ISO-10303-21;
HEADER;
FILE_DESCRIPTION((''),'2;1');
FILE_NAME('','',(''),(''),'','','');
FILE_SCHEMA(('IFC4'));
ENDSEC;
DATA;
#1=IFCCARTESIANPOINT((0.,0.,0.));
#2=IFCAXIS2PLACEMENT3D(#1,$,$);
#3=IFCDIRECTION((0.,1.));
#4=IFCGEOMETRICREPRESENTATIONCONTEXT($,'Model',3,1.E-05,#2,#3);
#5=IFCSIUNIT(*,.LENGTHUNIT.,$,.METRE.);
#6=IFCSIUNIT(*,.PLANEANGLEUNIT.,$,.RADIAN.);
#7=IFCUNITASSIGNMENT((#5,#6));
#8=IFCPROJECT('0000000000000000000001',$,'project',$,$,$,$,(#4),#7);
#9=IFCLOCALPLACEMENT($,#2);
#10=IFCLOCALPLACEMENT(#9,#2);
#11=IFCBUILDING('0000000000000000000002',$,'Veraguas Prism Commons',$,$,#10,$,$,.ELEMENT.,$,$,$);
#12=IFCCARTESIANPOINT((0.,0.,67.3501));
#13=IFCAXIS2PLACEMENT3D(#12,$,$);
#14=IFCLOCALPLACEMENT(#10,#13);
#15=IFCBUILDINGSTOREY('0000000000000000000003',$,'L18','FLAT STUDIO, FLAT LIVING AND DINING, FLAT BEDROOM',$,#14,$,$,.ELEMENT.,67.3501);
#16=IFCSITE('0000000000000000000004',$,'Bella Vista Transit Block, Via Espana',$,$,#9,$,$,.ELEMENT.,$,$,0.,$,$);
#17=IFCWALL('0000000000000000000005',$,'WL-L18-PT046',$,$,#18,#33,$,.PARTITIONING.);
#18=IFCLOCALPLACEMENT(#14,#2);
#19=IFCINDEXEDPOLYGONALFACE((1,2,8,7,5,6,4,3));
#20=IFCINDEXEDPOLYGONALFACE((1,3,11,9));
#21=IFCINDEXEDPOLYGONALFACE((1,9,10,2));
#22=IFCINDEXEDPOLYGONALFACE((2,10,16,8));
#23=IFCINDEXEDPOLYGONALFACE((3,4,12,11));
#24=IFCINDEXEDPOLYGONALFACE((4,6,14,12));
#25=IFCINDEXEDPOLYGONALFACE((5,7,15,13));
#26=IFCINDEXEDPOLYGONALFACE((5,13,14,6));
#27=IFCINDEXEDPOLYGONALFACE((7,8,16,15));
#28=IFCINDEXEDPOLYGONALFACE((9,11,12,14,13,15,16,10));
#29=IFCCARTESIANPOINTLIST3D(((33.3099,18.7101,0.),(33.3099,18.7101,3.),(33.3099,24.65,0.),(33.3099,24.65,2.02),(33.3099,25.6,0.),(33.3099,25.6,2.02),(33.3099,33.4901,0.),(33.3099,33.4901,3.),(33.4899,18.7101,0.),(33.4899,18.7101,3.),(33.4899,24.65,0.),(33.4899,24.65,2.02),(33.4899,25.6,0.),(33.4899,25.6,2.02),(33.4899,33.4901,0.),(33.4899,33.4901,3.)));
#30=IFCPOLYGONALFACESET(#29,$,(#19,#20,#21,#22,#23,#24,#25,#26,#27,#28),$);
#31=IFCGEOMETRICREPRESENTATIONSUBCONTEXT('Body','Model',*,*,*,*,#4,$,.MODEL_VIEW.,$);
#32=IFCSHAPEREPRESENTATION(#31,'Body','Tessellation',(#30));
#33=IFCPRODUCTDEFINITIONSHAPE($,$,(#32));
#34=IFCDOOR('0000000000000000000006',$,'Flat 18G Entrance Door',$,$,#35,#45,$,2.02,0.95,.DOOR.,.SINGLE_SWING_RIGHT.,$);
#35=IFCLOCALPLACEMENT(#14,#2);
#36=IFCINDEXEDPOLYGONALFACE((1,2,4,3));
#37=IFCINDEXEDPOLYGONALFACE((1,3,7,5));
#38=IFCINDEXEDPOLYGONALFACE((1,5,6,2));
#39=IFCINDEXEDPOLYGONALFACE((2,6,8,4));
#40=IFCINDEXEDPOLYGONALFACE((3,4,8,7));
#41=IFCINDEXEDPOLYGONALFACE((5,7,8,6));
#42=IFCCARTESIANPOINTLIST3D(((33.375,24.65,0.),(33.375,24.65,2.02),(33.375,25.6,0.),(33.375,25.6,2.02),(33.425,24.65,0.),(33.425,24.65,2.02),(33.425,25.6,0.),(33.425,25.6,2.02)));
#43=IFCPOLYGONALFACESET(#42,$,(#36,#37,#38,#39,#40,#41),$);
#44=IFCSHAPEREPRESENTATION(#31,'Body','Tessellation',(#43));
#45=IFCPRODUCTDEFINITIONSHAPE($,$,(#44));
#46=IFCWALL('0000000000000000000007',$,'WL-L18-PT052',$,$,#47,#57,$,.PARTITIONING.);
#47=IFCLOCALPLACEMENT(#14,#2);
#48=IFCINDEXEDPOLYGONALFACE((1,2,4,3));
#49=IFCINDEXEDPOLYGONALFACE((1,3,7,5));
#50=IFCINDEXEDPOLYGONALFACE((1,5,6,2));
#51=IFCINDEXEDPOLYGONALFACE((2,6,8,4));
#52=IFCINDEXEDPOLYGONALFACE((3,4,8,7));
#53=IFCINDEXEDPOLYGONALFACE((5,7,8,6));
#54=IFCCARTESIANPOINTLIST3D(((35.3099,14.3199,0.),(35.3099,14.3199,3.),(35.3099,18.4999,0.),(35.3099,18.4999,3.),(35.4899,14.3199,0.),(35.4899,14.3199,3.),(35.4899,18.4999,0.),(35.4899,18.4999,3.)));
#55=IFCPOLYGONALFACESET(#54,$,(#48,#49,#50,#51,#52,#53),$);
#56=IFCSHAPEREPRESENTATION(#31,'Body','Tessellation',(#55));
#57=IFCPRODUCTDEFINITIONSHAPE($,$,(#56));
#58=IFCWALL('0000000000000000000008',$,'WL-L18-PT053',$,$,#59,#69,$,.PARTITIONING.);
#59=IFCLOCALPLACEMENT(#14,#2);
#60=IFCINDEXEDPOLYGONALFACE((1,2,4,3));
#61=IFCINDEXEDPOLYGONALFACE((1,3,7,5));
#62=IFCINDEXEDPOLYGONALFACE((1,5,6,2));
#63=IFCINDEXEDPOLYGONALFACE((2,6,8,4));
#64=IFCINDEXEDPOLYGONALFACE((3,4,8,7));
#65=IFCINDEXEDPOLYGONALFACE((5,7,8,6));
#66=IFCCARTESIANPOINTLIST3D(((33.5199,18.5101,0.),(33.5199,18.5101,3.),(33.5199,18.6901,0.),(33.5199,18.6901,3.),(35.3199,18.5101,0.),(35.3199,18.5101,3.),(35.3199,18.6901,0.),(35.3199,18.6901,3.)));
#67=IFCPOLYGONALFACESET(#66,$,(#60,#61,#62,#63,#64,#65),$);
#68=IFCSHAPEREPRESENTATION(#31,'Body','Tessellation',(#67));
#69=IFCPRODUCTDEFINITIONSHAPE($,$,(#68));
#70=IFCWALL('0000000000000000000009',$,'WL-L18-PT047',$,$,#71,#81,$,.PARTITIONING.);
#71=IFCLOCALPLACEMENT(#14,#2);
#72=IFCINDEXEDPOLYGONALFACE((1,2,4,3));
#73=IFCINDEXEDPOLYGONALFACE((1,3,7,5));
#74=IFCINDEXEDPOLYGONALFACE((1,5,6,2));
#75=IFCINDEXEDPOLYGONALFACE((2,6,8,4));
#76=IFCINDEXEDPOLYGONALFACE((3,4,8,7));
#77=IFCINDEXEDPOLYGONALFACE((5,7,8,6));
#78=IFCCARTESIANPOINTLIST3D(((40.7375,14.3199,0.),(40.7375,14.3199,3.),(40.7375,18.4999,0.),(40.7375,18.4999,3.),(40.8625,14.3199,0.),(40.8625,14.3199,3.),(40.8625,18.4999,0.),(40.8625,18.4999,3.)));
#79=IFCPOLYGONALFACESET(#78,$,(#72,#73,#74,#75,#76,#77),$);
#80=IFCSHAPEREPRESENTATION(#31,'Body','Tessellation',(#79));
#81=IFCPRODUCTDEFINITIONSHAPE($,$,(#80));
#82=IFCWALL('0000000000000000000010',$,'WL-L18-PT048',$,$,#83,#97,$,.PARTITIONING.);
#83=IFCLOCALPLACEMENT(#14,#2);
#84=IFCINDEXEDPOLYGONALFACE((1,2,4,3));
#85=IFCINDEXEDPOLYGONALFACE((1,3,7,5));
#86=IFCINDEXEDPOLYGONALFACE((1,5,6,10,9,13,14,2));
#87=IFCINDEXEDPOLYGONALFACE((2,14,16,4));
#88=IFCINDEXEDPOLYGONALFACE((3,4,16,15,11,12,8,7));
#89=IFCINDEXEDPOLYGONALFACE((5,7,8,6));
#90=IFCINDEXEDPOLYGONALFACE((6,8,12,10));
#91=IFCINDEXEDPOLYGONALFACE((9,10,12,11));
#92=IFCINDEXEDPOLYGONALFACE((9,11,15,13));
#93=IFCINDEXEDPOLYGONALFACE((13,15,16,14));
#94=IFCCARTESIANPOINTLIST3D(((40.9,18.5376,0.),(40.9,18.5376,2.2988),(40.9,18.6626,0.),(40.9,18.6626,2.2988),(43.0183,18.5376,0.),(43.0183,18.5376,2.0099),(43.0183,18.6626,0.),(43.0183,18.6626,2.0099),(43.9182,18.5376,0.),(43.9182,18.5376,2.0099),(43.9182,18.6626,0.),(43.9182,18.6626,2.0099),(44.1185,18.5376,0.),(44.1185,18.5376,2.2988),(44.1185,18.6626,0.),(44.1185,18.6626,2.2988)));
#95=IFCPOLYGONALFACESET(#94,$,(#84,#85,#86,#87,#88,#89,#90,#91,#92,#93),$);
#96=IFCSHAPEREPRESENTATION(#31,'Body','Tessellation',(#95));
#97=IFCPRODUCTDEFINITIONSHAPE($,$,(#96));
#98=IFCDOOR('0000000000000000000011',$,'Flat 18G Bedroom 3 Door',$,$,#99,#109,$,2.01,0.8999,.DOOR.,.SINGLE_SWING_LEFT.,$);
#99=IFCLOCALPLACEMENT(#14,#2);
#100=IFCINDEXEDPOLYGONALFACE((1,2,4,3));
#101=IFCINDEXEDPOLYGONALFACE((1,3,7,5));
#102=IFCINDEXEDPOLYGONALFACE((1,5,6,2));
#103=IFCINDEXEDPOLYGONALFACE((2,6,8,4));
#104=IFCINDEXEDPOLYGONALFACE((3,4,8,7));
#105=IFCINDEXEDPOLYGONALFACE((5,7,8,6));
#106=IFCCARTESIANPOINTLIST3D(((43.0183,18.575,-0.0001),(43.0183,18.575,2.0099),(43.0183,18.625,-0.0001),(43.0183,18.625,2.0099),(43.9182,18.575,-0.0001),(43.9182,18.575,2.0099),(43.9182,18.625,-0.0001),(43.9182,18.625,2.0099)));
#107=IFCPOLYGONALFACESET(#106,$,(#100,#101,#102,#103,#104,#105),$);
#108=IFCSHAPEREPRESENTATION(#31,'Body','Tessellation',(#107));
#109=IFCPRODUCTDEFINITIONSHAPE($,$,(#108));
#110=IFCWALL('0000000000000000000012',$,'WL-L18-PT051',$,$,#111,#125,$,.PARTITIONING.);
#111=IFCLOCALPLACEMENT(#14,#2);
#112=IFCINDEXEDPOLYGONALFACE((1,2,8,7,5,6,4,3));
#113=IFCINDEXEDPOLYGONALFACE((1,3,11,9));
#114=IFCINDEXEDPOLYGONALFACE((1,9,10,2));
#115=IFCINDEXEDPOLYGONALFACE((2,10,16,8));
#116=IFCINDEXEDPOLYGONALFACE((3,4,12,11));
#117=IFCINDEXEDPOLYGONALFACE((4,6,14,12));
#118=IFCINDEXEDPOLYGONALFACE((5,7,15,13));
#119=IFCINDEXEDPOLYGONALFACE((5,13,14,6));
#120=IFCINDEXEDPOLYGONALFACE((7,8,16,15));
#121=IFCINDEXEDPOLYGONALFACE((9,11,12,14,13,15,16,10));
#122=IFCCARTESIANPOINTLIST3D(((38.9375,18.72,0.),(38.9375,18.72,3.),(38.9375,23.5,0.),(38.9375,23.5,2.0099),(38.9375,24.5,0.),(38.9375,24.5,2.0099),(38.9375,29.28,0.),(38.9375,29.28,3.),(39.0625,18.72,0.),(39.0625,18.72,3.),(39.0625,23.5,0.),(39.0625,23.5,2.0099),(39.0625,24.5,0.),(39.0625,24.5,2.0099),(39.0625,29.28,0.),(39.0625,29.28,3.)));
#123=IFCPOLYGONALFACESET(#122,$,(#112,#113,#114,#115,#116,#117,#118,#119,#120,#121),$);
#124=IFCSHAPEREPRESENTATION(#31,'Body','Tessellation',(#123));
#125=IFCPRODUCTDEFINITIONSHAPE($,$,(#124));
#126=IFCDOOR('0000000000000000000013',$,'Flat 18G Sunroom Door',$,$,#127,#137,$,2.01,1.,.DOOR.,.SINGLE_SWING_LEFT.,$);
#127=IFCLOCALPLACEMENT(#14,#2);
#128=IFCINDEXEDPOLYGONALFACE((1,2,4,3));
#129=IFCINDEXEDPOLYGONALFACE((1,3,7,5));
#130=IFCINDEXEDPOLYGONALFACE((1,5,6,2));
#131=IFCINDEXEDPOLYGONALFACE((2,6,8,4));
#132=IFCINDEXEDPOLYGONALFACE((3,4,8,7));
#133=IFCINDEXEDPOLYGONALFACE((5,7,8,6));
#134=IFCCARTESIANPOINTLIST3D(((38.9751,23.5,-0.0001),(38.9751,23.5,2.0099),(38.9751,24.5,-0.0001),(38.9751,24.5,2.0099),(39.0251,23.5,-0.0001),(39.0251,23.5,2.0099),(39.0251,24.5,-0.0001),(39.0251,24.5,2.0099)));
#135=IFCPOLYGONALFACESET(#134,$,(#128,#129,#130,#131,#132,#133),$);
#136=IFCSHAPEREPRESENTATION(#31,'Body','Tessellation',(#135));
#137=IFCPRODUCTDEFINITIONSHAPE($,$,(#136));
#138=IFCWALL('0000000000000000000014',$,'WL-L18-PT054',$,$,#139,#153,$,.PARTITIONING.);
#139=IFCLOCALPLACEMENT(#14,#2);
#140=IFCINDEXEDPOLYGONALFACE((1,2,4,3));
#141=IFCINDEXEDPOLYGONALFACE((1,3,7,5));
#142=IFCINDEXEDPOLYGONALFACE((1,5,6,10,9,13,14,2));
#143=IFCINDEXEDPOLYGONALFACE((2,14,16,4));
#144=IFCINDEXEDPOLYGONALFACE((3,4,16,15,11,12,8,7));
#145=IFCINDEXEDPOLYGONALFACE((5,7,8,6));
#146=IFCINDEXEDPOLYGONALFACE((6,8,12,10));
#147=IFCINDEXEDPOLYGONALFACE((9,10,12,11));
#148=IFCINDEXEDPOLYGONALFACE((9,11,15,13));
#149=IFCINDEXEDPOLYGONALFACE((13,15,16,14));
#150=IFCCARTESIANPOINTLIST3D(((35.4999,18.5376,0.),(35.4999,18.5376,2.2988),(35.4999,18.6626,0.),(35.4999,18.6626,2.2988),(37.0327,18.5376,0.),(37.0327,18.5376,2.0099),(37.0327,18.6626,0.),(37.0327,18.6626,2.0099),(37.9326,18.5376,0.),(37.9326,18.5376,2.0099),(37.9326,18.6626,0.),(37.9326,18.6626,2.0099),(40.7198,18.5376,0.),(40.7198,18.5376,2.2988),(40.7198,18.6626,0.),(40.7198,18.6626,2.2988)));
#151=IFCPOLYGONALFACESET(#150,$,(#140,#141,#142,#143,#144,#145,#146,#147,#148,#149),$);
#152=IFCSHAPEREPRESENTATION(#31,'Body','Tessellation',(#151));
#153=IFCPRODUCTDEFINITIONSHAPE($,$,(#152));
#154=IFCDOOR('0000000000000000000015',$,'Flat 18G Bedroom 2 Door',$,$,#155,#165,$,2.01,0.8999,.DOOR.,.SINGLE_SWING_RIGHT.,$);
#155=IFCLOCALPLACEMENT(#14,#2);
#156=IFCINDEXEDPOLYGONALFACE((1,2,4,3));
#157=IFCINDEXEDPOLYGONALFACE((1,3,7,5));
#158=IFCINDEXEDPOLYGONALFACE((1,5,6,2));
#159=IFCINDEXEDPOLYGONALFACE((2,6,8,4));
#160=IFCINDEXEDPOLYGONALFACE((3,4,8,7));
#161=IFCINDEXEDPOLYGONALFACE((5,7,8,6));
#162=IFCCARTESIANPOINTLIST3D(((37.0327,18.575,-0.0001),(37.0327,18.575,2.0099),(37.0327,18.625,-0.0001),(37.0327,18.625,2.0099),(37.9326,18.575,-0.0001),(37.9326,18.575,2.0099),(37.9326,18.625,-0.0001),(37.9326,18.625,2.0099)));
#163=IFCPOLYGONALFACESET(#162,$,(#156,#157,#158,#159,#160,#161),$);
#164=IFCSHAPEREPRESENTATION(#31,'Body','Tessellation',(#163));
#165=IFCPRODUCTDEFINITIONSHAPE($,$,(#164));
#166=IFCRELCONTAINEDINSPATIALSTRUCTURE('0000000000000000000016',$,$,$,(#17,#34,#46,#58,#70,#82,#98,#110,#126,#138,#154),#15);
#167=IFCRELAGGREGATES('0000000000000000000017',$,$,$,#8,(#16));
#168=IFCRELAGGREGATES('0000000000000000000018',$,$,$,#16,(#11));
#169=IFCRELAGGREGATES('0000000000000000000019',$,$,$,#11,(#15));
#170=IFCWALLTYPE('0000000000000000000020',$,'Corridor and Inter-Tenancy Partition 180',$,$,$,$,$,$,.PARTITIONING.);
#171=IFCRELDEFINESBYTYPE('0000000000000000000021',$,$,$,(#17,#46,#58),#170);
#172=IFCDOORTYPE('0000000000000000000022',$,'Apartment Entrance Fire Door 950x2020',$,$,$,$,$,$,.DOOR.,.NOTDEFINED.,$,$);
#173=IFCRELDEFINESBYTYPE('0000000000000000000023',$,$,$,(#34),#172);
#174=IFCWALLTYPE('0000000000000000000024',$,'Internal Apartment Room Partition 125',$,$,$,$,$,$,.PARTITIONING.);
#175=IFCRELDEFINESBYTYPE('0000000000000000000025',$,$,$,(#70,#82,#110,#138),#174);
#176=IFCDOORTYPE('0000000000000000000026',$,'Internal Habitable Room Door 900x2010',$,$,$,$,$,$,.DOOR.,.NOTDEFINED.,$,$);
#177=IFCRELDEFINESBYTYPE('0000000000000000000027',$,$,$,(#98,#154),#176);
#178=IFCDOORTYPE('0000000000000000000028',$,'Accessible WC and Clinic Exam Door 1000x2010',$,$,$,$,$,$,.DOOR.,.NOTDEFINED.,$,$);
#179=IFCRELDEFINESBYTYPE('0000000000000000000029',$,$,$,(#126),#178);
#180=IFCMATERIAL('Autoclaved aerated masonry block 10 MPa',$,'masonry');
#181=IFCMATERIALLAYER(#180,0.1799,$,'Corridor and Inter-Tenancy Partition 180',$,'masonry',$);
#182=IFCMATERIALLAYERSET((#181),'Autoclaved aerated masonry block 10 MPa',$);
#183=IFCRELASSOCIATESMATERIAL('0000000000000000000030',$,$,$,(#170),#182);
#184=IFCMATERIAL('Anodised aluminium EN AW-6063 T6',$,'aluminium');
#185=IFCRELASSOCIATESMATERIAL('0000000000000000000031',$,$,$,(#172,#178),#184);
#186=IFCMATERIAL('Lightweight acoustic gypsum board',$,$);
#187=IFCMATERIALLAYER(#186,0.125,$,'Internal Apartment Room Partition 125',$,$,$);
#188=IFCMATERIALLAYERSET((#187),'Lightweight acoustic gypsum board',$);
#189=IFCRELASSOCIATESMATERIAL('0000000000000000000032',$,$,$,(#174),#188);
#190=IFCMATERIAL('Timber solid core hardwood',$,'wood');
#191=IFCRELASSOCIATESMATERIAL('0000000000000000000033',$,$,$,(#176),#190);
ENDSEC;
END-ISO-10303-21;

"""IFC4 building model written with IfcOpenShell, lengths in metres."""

from ifc_helpers import new_model, si_unit, direction, frame, frame_2d, origin, place, context, subcontext, project, spatial, rectangle, extrude, source, transform, mapped, material, layer, layer_set, type_object, element, fill, save


model = new_model("IFC4")

# Units and contexts
model_context = context("Model", 3, precision=1e-05, world=origin(), true_north=direction((0.0, 1.0)))
body_context = subcontext(model_context, "Body", "Model", "MODEL_VIEW")
ifc_project = project(units=[si_unit("LENGTHUNIT", "METRE"), si_unit("PLANEANGLEUNIT", "RADIAN")], contexts=[model_context])

# Site, building, storey
site_placement = place(None, origin())
site = spatial("IfcSite", under=ifc_project, at=site_placement, Name="Bella Vista Transit Block, Via Espana", CompositionType="ELEMENT", RefElevation=0.0)
building_placement = place(site_placement, origin())
building = spatial("IfcBuilding", under=site, at=building_placement, Name="Veraguas Prism Commons", CompositionType="ELEMENT")
storey_placement = place(building_placement, frame((0.0, 0.0, 67.3501)))
storey = spatial("IfcBuildingStorey", under=building, at=storey_placement, Name="L18", Description="FLAT STUDIO, FLAT LIVING AND DINING, FLAT BEDROOM", CompositionType="ELEMENT", Elevation=67.3501)

# Shared definitions
ifc_material_1 = material(Name="Anodised aluminium EN AW-6063 T6", Category="aluminium")

# Wall, opening, door
ifc_material_2 = material(Name="Autoclaved aerated masonry block 10 MPa", Category="masonry")
ifc_layer_1 = layer(ifc_material_2, 0.1799, Name="Corridor and Inter-Tenancy Partition 180", Category="masonry")
ifc_layer_set_1 = layer_set([ifc_layer_1], Name="Autoclaved aerated masonry block 10 MPa")
wall_type_1 = type_object("IfcWallType", Name="Corridor and Inter-Tenancy Partition 180", PredefinedType="PARTITIONING", material=ifc_layer_set_1)
shared_shape_1 = source(origin(), body_context, "Body", "SweptSolid", [
    extrude(rectangle(XDim=1.0, YDim=2.01, at=frame_2d((0.5, 1.0049))), frame((0.0, 0.0249, 0.0), z_axis=(0.0, -1.0, 0.0), x_axis=(1.0, 0.0, 0.0)), (0.0, 0.0, 1.0), 0.05),
])
wall_1_placement = place(storey_placement, frame((33.3999, 18.71, 0.0), z_axis=(0.0, 0.0, 1.0), x_axis=(0.0, 1.0, 0.0)))
wall_1 = element("IfcWall", 1, at=wall_1_placement, inside=storey, type_object=wall_type_1, Name="WL-L18-PT046", PredefinedType="PARTITIONING", context=body_context, shape_type="SweptSolid", body=[
    extrude(rectangle(XDim=14.78, YDim=0.1799, at=frame_2d((7.3901, 0.0))), origin(), (0.0, 0.0, 1.0), 3.0),
])
opening_1_placement = place(wall_1_placement, frame((5.9399, 0.0, 0.0)))
opening_1 = element("IfcOpeningElement", 2, at=opening_1_placement, cuts=wall_1, PredefinedType="OPENING", context=body_context, shape_type="SweptSolid", body=[
    extrude(rectangle(XDim=0.95, YDim=2.02, at=frame_2d((0.4751, 1.01))), frame((0.0, 0.0999, 0.0), z_axis=(0.0, -1.0, 0.0), x_axis=(1.0, 0.0, 0.0)), (0.0, 0.0, 1.0), 0.2),
])
door_type_1 = type_object("IfcDoorType", Name="Apartment Entrance Fire Door 950x2020", OperationType="NOTDEFINED", PredefinedType="DOOR", material=ifc_material_1)
shared_shape_2 = source(origin(), body_context, "Body", "SweptSolid", [
    extrude(rectangle(XDim=0.95, YDim=2.02, at=frame_2d((0.4751, 1.01))), frame((0.0, 0.0249, 0.0), z_axis=(0.0, -1.0, 0.0), x_axis=(1.0, 0.0, 0.0)), (0.0, 0.0, 1.0), 0.05),
])
door_1_placement = place(opening_1_placement, origin())
door_1 = element("IfcDoor", 3, at=door_1_placement, inside=storey, type_object=door_type_1, Name="Flat 18G Entrance Door", OperationType="SINGLE_SWING_RIGHT", OverallHeight=2.02, OverallWidth=0.95, PredefinedType="DOOR", context=body_context, shape_type="MappedRepresentation", body=[
    mapped(shared_shape_2, transform((0.0, 0.0, 0.0), scale=1.0)),
])
fill(opening_1, door_1)

# Walls
wall_2_placement = place(storey_placement, frame((35.3999, 14.3201, 0.0), z_axis=(0.0, 0.0, 1.0), x_axis=(0.0, 1.0, 0.0)))
element("IfcWall", 4, at=wall_2_placement, inside=storey, type_object=wall_type_1, Name="WL-L18-PT052", PredefinedType="PARTITIONING", context=body_context, shape_type="SweptSolid", body=[
    extrude(rectangle(XDim=4.1799, YDim=0.1799, at=frame_2d((2.0898, 0.0))), origin(), (0.0, 0.0, 1.0), 3.0),
])
wall_3_placement = place(storey_placement, frame((33.52, 18.6001, 0.0), z_axis=(0.0, 0.0, 1.0), x_axis=(1.0, 0.0, 0.0)))
element("IfcWall", 5, at=wall_3_placement, inside=storey, type_object=wall_type_1, Name="WL-L18-PT053", PredefinedType="PARTITIONING", context=body_context, shape_type="SweptSolid", body=[
    extrude(rectangle(XDim=1.8, YDim=0.1799, at=frame_2d((0.8999, 0.0))), origin(), (0.0, 0.0, 1.0), 3.0),
])
ifc_material_3 = material(Name="Lightweight acoustic gypsum board")
ifc_layer_2 = layer(ifc_material_3, 0.125, Name="Internal Apartment Room Partition 125")
ifc_layer_set_2 = layer_set([ifc_layer_2], Name="Lightweight acoustic gypsum board")
wall_type_2 = type_object("IfcWallType", Name="Internal Apartment Room Partition 125", PredefinedType="PARTITIONING", material=ifc_layer_set_2)
wall_4_placement = place(storey_placement, frame((40.8, 14.3201, 0.0), z_axis=(0.0, 0.0, 1.0), x_axis=(0.0, 1.0, 0.0)))
element("IfcWall", 6, at=wall_4_placement, inside=storey, type_object=wall_type_2, Name="WL-L18-PT047", PredefinedType="PARTITIONING", context=body_context, shape_type="SweptSolid", body=[
    extrude(rectangle(XDim=4.1799, YDim=0.125, at=frame_2d((2.0898, 0.0))), origin(), (0.0, 0.0, 1.0), 3.0),
])

# Walls, openings, doors
wall_5_placement = place(storey_placement, frame((40.8999, 18.6001, 0.0), z_axis=(0.0, 0.0, 1.0), x_axis=(1.0, 0.0, 0.0)))
wall_5 = element("IfcWall", 7, at=wall_5_placement, inside=storey, type_object=wall_type_2, Name="WL-L18-PT048", PredefinedType="PARTITIONING", context=body_context, shape_type="SweptSolid", body=[
    extrude(rectangle(XDim=3.2185, YDim=0.125, at=frame_2d((1.6094, 0.0))), origin(), (0.0, 0.0, 1.0), 2.2988),
])
opening_2_placement = place(wall_5_placement, frame((2.1184, 0.0, 0.0)))
opening_2 = element("IfcOpeningElement", 8, at=opening_2_placement, cuts=wall_5, PredefinedType="OPENING", context=body_context, shape_type="SweptSolid", body=[
    extrude(rectangle(XDim=0.8999, YDim=2.01, at=frame_2d((0.45, 1.0049))), frame((0.0, 0.0725, 0.0), z_axis=(0.0, -1.0, 0.0), x_axis=(1.0, 0.0, 0.0)), (0.0, 0.0, 1.0), 0.145),
])
ifc_material_4 = material(Name="Timber solid core hardwood", Category="wood")
door_type_2 = type_object("IfcDoorType", Name="Internal Habitable Room Door 900x2010", OperationType="NOTDEFINED", PredefinedType="DOOR", material=ifc_material_4)
shared_shape_3 = source(origin(), body_context, "Body", "SweptSolid", [
    extrude(rectangle(XDim=0.8999, YDim=2.01, at=frame_2d((0.45, 1.0049))), frame((0.0, 0.0249, 0.0), z_axis=(0.0, -1.0, 0.0), x_axis=(1.0, 0.0, 0.0)), (0.0, 0.0, 1.0), 0.05),
])
door_2_placement = place(opening_2_placement, origin())
door_2 = element("IfcDoor", 9, at=door_2_placement, inside=storey, type_object=door_type_2, Name="Flat 18G Bedroom 3 Door", OperationType="SINGLE_SWING_LEFT", OverallHeight=2.01, OverallWidth=0.8999, PredefinedType="DOOR", context=body_context, shape_type="MappedRepresentation", body=[
    mapped(shared_shape_3, transform((0.0, 0.0, 0.0), scale=1.0)),
])
fill(opening_2, door_2)
wall_6_placement = place(storey_placement, frame((39.0, 18.72, 0.0), z_axis=(0.0, 0.0, 1.0), x_axis=(0.0, 1.0, 0.0)))
wall_6 = element("IfcWall", 10, at=wall_6_placement, inside=storey, type_object=wall_type_2, Name="WL-L18-PT051", PredefinedType="PARTITIONING", context=body_context, shape_type="SweptSolid", body=[
    extrude(rectangle(XDim=10.5601, YDim=0.125, at=frame_2d((5.28, 0.0))), origin(), (0.0, 0.0, 1.0), 3.0),
])
opening_3_placement = place(wall_6_placement, frame((4.78, 0.0, 0.0)))
opening_3 = element("IfcOpeningElement", 11, at=opening_3_placement, cuts=wall_6, PredefinedType="OPENING", context=body_context, shape_type="SweptSolid", body=[
    extrude(rectangle(XDim=1.0, YDim=2.01, at=frame_2d((0.5, 1.0049))), frame((0.0, 0.0725, 0.0), z_axis=(0.0, -1.0, 0.0), x_axis=(1.0, 0.0, 0.0)), (0.0, 0.0, 1.0), 0.145),
])
door_type_3 = type_object("IfcDoorType", Name="Accessible WC and Clinic Exam Door 1000x2010", OperationType="NOTDEFINED", PredefinedType="DOOR", material=ifc_material_1)
door_3_placement = place(opening_3_placement, origin())
door_3 = element("IfcDoor", 12, at=door_3_placement, inside=storey, type_object=door_type_3, Name="Flat 18G Sunroom Door", OperationType="SINGLE_SWING_LEFT", OverallHeight=2.01, OverallWidth=1.0, PredefinedType="DOOR", context=body_context, shape_type="MappedRepresentation", body=[
    mapped(shared_shape_1, transform((0.0, 0.0, 0.0), scale=1.0)),
])
fill(opening_3, door_3)
wall_7_placement = place(storey_placement, frame((35.5, 18.6001, 0.0), z_axis=(0.0, 0.0, 1.0), x_axis=(1.0, 0.0, 0.0)))
wall_7 = element("IfcWall", 13, at=wall_7_placement, inside=storey, type_object=wall_type_2, Name="WL-L18-PT054", PredefinedType="PARTITIONING", context=body_context, shape_type="SweptSolid", body=[
    extrude(rectangle(XDim=5.22, YDim=0.125, at=frame_2d((2.6099, 0.0))), origin(), (0.0, 0.0, 1.0), 2.2988),
])
opening_4_placement = place(wall_7_placement, frame((1.5327, 0.0, 0.0)))
opening_4 = element("IfcOpeningElement", 14, at=opening_4_placement, cuts=wall_7, PredefinedType="OPENING", context=body_context, shape_type="SweptSolid", body=[
    extrude(rectangle(XDim=0.8999, YDim=2.01, at=frame_2d((0.45, 1.0049))), frame((0.0, 0.0725, 0.0), z_axis=(0.0, -1.0, 0.0), x_axis=(1.0, 0.0, 0.0)), (0.0, 0.0, 1.0), 0.145),
])
door_4_placement = place(opening_4_placement, origin())
door_4 = element("IfcDoor", 15, at=door_4_placement, inside=storey, type_object=door_type_2, Name="Flat 18G Bedroom 2 Door", OperationType="SINGLE_SWING_RIGHT", OverallHeight=2.01, OverallWidth=0.8999, PredefinedType="DOOR", context=body_context, shape_type="MappedRepresentation", body=[
    mapped(shared_shape_3, transform((0.0, 0.0, 0.0), scale=1.0)),
])
fill(opening_4, door_4)

save(model, "model.ifc")
